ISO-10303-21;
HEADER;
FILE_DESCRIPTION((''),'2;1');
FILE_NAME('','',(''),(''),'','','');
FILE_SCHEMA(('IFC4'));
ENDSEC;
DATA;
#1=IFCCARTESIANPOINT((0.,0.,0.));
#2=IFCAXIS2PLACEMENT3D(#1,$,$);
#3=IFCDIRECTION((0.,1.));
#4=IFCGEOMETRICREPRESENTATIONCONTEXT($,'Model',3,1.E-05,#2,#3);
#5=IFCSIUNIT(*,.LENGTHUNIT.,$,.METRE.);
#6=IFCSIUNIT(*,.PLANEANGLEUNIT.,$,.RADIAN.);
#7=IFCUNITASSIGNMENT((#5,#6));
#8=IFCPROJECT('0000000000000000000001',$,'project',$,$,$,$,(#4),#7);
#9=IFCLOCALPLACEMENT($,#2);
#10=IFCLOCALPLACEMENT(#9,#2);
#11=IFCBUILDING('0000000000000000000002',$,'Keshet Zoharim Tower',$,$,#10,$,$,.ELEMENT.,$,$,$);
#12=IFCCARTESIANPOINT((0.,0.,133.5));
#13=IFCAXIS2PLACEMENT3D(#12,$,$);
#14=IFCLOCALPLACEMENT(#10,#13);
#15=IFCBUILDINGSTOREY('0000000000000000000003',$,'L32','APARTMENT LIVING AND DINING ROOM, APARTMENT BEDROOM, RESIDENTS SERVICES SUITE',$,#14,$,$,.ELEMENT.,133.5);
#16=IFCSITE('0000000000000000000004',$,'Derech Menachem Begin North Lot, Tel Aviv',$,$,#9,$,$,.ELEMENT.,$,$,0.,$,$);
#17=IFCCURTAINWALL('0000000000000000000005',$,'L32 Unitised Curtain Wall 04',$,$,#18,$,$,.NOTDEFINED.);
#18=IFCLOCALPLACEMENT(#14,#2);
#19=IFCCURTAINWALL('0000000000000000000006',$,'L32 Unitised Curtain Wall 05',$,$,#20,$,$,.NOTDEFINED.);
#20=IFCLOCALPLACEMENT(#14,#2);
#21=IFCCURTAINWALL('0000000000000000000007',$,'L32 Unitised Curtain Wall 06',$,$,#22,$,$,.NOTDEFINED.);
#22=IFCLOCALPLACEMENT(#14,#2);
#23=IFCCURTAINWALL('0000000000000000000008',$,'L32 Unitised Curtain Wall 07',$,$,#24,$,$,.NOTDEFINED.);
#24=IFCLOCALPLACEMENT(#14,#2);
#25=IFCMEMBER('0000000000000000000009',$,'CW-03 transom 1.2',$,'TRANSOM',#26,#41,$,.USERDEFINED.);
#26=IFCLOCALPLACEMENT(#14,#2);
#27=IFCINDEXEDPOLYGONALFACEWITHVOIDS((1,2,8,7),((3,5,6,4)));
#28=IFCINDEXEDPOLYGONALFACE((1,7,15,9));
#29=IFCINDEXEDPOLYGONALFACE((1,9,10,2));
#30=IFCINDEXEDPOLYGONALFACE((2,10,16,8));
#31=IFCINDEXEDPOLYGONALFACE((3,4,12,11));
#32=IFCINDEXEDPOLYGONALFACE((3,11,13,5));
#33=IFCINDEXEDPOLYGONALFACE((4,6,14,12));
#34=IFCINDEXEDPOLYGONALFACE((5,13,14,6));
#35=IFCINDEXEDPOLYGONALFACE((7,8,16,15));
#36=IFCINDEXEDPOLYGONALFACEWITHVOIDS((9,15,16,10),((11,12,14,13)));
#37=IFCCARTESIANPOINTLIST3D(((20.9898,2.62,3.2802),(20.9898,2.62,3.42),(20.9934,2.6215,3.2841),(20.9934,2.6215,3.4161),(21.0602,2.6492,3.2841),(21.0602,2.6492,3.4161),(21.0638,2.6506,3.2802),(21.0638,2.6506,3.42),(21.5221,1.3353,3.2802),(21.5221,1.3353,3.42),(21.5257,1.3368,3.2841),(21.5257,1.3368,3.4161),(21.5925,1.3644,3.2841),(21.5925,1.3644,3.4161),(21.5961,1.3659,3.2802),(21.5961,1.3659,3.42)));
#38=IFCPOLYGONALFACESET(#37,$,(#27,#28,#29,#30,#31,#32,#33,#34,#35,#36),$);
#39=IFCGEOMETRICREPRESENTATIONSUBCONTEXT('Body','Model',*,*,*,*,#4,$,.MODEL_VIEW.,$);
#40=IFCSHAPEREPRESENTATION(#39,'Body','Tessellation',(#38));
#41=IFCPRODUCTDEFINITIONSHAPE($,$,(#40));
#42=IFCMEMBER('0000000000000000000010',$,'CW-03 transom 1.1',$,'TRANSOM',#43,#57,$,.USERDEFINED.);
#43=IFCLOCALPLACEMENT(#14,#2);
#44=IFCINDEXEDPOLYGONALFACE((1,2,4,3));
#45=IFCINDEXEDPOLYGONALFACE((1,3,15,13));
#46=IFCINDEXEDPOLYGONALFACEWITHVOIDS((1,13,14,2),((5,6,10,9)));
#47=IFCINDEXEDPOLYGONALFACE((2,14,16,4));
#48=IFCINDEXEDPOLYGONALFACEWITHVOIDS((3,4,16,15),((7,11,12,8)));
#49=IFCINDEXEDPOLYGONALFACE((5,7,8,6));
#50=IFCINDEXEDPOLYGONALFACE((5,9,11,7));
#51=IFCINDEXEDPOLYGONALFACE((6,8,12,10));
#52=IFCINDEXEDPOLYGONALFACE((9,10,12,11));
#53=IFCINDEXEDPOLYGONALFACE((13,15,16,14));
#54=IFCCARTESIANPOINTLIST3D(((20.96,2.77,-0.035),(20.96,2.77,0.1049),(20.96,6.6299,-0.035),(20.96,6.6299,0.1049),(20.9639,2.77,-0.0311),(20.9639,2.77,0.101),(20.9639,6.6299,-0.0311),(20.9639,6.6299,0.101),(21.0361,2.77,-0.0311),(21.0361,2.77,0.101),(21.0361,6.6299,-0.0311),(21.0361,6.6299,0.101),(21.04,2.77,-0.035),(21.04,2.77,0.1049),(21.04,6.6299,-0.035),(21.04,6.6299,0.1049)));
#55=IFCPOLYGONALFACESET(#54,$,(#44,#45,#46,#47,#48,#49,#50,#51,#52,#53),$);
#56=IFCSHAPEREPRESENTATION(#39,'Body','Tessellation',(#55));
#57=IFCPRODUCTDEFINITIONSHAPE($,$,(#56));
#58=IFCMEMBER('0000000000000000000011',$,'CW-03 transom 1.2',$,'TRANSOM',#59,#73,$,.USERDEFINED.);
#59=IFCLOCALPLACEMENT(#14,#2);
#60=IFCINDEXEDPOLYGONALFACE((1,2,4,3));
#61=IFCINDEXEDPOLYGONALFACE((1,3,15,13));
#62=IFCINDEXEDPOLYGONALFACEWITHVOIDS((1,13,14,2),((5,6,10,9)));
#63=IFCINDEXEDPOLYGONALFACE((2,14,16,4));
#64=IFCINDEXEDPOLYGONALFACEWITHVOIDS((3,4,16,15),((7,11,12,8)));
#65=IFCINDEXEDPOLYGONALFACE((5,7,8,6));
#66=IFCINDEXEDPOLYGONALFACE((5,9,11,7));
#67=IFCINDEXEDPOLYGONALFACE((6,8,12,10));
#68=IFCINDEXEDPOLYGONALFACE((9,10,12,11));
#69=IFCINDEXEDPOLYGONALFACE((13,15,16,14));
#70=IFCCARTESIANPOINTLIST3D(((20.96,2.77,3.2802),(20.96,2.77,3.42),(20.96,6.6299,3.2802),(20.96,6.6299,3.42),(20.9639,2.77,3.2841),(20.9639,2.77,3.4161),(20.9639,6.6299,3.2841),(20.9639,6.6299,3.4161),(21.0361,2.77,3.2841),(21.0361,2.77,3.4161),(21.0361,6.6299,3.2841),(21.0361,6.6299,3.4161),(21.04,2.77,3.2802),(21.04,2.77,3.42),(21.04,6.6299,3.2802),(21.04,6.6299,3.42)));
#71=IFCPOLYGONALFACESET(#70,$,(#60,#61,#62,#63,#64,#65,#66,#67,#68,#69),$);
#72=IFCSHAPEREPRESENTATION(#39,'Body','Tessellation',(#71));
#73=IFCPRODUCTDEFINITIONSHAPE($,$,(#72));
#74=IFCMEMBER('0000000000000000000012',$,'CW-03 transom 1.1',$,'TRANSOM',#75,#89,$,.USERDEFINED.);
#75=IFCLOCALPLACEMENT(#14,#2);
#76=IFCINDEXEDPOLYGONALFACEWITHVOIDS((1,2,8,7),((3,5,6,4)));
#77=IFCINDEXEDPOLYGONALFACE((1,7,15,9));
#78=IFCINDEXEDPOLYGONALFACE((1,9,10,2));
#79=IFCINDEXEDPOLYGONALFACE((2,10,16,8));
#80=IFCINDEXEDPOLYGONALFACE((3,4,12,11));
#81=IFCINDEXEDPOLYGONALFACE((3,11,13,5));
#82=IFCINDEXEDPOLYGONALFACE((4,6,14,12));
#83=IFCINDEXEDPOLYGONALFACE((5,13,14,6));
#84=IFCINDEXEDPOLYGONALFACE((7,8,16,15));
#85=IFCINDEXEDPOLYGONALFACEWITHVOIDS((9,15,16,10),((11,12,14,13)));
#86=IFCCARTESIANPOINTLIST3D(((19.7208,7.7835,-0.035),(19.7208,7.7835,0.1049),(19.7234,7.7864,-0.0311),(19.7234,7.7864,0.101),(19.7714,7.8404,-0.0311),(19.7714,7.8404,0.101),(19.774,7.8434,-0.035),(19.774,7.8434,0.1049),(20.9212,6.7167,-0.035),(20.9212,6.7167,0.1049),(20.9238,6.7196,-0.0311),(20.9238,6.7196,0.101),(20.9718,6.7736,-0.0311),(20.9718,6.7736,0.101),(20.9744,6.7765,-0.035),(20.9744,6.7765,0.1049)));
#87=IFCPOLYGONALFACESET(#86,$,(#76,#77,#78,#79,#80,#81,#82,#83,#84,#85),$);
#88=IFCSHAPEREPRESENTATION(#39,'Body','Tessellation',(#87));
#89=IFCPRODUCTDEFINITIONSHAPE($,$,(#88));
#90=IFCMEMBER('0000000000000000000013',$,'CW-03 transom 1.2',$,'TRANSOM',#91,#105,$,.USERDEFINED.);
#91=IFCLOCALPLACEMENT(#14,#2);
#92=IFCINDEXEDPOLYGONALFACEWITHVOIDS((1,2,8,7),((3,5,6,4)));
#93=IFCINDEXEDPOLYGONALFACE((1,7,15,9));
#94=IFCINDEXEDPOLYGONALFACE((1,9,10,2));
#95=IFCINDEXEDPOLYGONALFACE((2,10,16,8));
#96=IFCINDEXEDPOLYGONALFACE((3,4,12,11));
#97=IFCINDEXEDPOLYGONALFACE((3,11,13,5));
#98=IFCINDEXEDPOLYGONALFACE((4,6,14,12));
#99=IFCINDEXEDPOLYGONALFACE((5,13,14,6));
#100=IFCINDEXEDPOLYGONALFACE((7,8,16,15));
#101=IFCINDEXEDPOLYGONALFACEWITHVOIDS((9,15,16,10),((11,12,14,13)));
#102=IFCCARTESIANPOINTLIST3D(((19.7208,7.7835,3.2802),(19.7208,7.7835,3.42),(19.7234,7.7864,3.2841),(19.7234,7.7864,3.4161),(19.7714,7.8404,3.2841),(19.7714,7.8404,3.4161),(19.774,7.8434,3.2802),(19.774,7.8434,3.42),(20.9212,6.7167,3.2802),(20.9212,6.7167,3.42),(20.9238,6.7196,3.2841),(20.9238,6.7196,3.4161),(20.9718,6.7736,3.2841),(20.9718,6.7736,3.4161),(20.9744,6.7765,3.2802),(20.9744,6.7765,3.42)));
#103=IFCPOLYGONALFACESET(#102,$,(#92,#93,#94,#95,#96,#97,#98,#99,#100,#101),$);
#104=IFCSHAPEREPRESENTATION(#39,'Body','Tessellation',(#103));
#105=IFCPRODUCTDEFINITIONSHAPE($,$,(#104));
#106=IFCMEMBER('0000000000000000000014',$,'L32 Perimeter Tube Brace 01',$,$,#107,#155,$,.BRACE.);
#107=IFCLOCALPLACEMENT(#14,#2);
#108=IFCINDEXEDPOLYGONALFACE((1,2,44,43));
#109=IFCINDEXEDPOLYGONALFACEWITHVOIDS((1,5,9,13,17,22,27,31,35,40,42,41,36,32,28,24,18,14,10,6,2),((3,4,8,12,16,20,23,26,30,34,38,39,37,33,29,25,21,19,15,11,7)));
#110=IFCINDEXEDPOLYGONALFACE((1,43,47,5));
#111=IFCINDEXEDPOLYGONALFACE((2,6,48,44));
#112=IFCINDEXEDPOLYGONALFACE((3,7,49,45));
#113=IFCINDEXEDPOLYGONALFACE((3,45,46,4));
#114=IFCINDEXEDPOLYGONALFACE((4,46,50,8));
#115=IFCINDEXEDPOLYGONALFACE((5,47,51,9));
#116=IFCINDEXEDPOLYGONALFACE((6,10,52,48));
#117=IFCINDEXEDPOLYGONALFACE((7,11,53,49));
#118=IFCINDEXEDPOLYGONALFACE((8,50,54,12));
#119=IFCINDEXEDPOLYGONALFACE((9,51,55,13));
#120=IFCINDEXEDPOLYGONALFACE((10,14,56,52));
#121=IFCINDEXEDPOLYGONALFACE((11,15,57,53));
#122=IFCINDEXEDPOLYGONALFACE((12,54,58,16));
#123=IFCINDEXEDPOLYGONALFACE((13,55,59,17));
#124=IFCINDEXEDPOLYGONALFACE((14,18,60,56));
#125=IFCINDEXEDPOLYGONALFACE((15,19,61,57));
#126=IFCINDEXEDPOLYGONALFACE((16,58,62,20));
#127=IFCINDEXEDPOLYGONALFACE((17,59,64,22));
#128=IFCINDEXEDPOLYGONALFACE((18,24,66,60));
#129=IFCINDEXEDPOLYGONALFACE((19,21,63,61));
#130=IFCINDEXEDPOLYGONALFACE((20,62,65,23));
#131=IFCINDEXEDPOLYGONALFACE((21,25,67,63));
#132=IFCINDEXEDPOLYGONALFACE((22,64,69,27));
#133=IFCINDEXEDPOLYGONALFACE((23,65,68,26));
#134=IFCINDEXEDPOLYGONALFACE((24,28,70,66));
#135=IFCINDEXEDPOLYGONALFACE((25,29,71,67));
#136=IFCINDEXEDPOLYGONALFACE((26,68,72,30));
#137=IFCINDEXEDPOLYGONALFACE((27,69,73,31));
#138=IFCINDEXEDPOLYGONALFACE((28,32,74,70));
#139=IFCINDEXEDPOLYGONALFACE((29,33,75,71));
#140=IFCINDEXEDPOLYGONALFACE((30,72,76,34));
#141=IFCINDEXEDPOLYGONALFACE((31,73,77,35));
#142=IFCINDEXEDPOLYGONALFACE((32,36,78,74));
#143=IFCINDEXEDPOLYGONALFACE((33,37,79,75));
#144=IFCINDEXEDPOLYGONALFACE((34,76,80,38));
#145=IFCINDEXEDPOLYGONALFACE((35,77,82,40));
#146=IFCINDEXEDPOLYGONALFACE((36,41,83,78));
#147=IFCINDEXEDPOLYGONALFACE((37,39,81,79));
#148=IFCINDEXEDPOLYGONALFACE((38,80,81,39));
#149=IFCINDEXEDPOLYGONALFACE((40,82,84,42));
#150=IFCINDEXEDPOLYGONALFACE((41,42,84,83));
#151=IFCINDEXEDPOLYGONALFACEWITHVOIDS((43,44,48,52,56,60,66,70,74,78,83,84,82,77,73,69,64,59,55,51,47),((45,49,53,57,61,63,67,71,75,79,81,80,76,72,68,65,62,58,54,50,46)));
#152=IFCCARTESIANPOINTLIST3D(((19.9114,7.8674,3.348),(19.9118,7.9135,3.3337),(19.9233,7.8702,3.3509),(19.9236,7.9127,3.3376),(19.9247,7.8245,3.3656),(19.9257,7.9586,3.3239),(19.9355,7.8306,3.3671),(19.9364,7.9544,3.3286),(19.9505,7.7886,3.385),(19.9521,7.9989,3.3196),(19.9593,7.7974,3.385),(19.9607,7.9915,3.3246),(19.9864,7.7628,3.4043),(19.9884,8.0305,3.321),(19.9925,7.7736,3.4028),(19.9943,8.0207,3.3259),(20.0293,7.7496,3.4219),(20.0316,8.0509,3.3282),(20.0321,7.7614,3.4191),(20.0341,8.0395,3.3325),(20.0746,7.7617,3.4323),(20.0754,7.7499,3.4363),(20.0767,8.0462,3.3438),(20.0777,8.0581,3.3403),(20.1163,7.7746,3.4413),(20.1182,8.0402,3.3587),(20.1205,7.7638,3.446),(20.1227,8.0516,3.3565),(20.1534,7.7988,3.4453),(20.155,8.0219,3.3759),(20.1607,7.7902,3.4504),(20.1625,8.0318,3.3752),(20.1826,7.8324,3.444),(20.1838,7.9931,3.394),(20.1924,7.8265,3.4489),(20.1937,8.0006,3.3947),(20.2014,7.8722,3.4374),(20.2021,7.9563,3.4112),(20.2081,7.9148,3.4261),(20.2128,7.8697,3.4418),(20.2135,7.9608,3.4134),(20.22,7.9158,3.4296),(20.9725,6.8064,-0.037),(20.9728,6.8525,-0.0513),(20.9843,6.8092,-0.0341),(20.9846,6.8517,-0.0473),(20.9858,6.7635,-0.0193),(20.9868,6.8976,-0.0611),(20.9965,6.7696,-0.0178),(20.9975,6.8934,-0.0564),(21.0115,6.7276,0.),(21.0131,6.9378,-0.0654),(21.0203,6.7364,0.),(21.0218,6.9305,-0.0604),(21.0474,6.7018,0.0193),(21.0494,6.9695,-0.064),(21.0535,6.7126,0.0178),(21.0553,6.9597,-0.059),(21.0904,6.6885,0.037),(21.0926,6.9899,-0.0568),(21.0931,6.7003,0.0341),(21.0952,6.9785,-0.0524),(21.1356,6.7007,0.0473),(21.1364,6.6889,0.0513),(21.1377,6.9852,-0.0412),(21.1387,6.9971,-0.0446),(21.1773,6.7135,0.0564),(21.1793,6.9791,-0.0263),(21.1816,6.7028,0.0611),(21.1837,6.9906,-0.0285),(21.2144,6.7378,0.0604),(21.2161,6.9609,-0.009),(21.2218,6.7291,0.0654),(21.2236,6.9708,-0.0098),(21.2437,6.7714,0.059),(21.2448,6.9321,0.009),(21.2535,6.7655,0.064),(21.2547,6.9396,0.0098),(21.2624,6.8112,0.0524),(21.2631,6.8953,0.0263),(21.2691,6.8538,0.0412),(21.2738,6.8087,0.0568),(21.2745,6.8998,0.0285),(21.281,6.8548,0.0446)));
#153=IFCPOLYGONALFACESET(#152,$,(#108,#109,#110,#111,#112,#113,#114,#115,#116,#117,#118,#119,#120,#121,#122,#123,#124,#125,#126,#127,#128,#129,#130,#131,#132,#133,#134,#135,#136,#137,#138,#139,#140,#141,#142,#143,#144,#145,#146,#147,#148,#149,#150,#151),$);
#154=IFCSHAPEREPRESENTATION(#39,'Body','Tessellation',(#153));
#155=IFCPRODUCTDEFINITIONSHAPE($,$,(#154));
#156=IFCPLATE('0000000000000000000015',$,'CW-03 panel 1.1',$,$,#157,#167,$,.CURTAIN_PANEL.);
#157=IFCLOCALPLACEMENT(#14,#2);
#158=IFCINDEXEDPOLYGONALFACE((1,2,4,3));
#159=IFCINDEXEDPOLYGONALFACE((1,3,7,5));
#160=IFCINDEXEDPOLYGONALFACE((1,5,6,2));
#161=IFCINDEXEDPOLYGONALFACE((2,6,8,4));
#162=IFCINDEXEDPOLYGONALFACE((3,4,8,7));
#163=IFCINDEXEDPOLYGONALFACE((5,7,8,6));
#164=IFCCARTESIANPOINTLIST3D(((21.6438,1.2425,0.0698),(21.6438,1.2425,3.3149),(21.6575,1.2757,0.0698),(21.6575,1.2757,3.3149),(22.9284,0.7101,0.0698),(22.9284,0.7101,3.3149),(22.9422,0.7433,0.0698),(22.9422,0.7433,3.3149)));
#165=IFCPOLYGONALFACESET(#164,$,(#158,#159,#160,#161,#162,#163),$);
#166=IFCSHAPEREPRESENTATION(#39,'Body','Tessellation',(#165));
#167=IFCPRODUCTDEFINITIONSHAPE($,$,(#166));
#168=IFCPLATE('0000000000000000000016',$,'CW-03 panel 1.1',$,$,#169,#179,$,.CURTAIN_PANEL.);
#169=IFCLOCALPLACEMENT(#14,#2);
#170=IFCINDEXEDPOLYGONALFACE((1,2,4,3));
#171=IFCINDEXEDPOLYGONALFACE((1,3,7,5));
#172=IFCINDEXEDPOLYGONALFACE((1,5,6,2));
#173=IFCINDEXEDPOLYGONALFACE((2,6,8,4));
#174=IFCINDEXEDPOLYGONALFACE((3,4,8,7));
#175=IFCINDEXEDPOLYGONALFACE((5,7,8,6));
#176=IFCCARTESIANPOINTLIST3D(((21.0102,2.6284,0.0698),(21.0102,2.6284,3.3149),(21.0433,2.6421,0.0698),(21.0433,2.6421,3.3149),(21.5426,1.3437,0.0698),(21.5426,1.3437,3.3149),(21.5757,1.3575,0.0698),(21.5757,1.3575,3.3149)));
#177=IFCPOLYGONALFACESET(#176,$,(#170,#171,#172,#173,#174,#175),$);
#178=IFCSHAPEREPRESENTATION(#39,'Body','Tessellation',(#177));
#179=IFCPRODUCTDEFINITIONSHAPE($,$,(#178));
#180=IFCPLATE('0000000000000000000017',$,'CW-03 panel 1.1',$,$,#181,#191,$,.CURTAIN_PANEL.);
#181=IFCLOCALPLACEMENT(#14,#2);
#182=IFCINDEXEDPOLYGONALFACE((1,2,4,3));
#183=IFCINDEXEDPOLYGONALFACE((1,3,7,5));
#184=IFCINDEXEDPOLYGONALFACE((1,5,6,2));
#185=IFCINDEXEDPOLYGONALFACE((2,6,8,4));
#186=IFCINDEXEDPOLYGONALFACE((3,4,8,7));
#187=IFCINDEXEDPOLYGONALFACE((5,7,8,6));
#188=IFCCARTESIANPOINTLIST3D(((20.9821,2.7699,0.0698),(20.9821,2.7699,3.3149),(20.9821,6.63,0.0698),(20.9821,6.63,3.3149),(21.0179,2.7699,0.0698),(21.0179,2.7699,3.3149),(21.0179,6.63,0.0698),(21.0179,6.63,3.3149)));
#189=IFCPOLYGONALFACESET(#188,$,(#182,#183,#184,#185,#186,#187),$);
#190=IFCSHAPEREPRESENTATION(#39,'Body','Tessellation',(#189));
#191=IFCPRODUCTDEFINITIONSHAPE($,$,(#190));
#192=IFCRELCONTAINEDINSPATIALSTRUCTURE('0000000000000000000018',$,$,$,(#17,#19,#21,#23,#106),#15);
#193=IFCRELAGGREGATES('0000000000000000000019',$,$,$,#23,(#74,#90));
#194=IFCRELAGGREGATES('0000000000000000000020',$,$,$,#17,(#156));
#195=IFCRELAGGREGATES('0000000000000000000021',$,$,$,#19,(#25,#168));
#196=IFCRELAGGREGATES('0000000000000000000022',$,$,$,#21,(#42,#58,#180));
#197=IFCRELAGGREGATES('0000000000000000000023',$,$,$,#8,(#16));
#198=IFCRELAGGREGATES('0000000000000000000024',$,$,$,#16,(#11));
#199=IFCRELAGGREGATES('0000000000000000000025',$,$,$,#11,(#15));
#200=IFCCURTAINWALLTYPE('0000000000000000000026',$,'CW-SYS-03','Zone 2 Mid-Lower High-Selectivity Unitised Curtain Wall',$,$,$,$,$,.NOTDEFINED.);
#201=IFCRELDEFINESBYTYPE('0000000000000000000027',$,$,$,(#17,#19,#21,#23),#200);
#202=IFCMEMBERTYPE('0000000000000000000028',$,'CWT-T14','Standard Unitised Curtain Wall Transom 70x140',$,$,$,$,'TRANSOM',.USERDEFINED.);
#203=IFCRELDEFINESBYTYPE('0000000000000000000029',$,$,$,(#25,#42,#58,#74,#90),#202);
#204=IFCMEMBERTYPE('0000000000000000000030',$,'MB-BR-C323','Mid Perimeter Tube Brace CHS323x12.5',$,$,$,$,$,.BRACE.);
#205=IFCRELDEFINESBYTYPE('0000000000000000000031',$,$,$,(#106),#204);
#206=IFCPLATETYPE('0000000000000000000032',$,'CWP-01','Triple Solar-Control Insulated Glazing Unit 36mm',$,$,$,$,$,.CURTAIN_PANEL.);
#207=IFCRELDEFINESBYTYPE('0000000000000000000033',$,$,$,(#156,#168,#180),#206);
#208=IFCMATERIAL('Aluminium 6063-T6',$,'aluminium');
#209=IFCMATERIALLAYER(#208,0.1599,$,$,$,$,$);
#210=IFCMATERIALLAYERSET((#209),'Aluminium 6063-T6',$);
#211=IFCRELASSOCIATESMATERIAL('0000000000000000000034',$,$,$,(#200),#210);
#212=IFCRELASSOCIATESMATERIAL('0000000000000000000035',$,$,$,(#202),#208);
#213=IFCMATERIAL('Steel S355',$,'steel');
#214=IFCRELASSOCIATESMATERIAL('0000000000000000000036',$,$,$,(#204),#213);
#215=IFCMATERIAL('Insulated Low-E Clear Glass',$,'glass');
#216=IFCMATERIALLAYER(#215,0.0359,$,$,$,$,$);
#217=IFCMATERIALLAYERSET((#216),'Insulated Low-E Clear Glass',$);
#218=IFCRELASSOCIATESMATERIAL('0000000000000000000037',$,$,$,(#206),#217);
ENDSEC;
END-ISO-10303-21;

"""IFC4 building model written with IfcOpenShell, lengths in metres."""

from ifc_helpers import new_model, si_unit, direction, frame, origin, origin_2d, place, context, subcontext, project, spatial, rectangle, hollow_rectangle, hollow_circle, extrude, material, layer, layer_set, material_profile, profile_set, type_object, element, aggregate, save


model = new_model("IFC4")

# Units and contexts
model_context = context("Model", 3, precision=1e-05, world=origin(), true_north=direction((0.0, 1.0)))
body_context = subcontext(model_context, "Body", "Model", "MODEL_VIEW")
ifc_project = project(units=[si_unit("LENGTHUNIT", "METRE"), si_unit("PLANEANGLEUNIT", "RADIAN")], contexts=[model_context])

# Site, building, storey
site_placement = place(None, origin())
site = spatial("IfcSite", under=ifc_project, at=site_placement, Name="Derech Menachem Begin North Lot, Tel Aviv", CompositionType="ELEMENT", RefElevation=0.0)
building_placement = place(site_placement, origin())
building = spatial("IfcBuilding", under=site, at=building_placement, Name="Keshet Zoharim Tower", CompositionType="ELEMENT")
storey_placement = place(building_placement, frame((0.0, 0.0, 133.5)))
storey = spatial("IfcBuildingStorey", under=building, at=storey_placement, Name="L32", Description="APARTMENT LIVING AND DINING ROOM, APARTMENT BEDROOM, RESIDENTS SERVICES SUITE", CompositionType="ELEMENT", Elevation=133.5)

# Shared definitions
ifc_material_1 = material(Name="Steel S355", Category="steel")

# Shared definitions
ifc_material_2 = material(Name="Aluminium 6063-T6", Category="aluminium")
ifc_layer_1 = layer(ifc_material_2, 0.1599)
ifc_layer_set_1 = layer_set([ifc_layer_1], Name="Aluminium 6063-T6")
curtain_wall_type = type_object("IfcCurtainWallType", Name="CW-SYS-03", Description="Zone 2 Mid-Lower High-Selectivity Unitised Curtain Wall", PredefinedType="NOTDEFINED", material=ifc_layer_set_1)

# Curtain walls
curtain_wall_1_placement = place(storey_placement, origin())
curtain_wall_1 = element("IfcCurtainWall", 1, at=curtain_wall_1_placement, inside=storey, type_object=curtain_wall_type, Name="L32 Unitised Curtain Wall 04", PredefinedType="NOTDEFINED")
curtain_wall_2_placement = place(storey_placement, origin())
curtain_wall_2 = element("IfcCurtainWall", 2, at=curtain_wall_2_placement, inside=storey, type_object=curtain_wall_type, Name="L32 Unitised Curtain Wall 05", PredefinedType="NOTDEFINED")
curtain_wall_3_placement = place(storey_placement, origin())
curtain_wall_3 = element("IfcCurtainWall", 3, at=curtain_wall_3_placement, inside=storey, type_object=curtain_wall_type, Name="L32 Unitised Curtain Wall 06", PredefinedType="NOTDEFINED")

# Curtain wall
curtain_wall_4_placement = place(storey_placement, origin())
curtain_wall_4 = element("IfcCurtainWall", 4, at=curtain_wall_4_placement, inside=storey, type_object=curtain_wall_type, Name="L32 Unitised Curtain Wall 07", PredefinedType="NOTDEFINED")

# Members
ifc_material_profile_1 = material_profile(ifc_material_2, hollow_rectangle(XDim=0.0801, YDim=0.1399, WallThickness=0.0039, at=origin_2d()), Name="TRN-80x140")
ifc_profile_set_1 = profile_set([ifc_material_profile_1], Name="Aluminium 6063-T6")
member_type_1 = type_object("IfcMemberType", Name="CWT-T14", Description="Standard Unitised Curtain Wall Transom 70x140", ElementType="TRANSOM", PredefinedType="USERDEFINED", material=ifc_profile_set_1)
member_1_placement = place(storey_placement, frame((21.5591, 1.3506, 3.3501), z_axis=(-0.382745, 0.923854, 0.0), x_axis=(-0.923854, -0.382745, 0.0)))
member_1 = element("IfcMember", 5, at=member_1_placement, type_object=member_type_1, Name="CW-03 transom 1.2", ObjectType="TRANSOM", PredefinedType="USERDEFINED", context=body_context, shape_type="SweptSolid", body=[
    extrude(hollow_rectangle(XDim=0.0801, YDim=0.1399, WallThickness=0.0039, at=origin_2d()), origin(), (0.0, 0.0, 1.0), 1.3906),
])
member_2_placement = place(storey_placement, frame((21.0, 2.77, 0.0349), z_axis=(0.0, 1.0, 0.0), x_axis=(-1.0, 0.0, 0.0)))
member_2 = element("IfcMember", 6, at=member_2_placement, type_object=member_type_1, Name="CW-03 transom 1.1", ObjectType="TRANSOM", PredefinedType="USERDEFINED", context=body_context, shape_type="SweptSolid", body=[
    extrude(hollow_rectangle(XDim=0.0801, YDim=0.1399, WallThickness=0.0039, at=origin_2d()), origin(), (0.0, 0.0, 1.0), 3.8599),
])
member_3_placement = place(storey_placement, frame((21.0, 2.77, 3.3501), z_axis=(0.0, 1.0, 0.0), x_axis=(-1.0, 0.0, 0.0)))
member_3 = element("IfcMember", 7, at=member_3_placement, type_object=member_type_1, Name="CW-03 transom 1.2", ObjectType="TRANSOM", PredefinedType="USERDEFINED", context=body_context, shape_type="SweptSolid", body=[
    extrude(hollow_rectangle(XDim=0.0801, YDim=0.1399, WallThickness=0.0039, at=origin_2d()), origin(), (0.0, 0.0, 1.0), 3.8599),
])
member_4_placement = place(storey_placement, frame((20.9478, 6.7466, 0.0349), z_axis=(-0.74746, 0.664307, 0.0), x_axis=(-0.664307, -0.74746, 0.0)))
member_4 = element("IfcMember", 8, at=member_4_placement, type_object=member_type_1, Name="CW-03 transom 1.1", ObjectType="TRANSOM", PredefinedType="USERDEFINED", context=body_context, shape_type="SweptSolid", body=[
    extrude(hollow_rectangle(XDim=0.0801, YDim=0.1399, WallThickness=0.0039, at=origin_2d()), origin(), (0.0, 0.0, 1.0), 1.606),
])
member_5_placement = place(storey_placement, frame((20.9478, 6.7466, 3.3501), z_axis=(-0.74746, 0.664307, 0.0), x_axis=(-0.664307, -0.74746, 0.0)))
member_5 = element("IfcMember", 9, at=member_5_placement, type_object=member_type_1, Name="CW-03 transom 1.2", ObjectType="TRANSOM", PredefinedType="USERDEFINED", context=body_context, shape_type="SweptSolid", body=[
    extrude(hollow_rectangle(XDim=0.0801, YDim=0.1399, WallThickness=0.0039, at=origin_2d()), origin(), (0.0, 0.0, 1.0), 1.606),
])
aggregate(curtain_wall_4, [member_4, member_5])
ifc_material_profile_2 = material_profile(ifc_material_1, hollow_circle(Radius=0.1619, WallThickness=0.0125, at=origin_2d()), Name="CHS323x12.5")
ifc_profile_set_2 = profile_set([ifc_material_profile_2], Name="Steel S355")
member_type_2 = type_object("IfcMemberType", Name="MB-BR-C323", Description="Mid Perimeter Tube Brace CHS323x12.5", PredefinedType="BRACE", material=ifc_profile_set_2)
member_6_placement = place(storey_placement, frame((21.126, 6.842, 0.0), z_axis=(-0.286558, 0.286558, 0.914204), x_axis=(-0.707107, -0.707107, 0.0)))
element("IfcMember", 10, at=member_6_placement, inside=storey, type_object=member_type_2, Name="L32 Perimeter Tube Brace 01", PredefinedType="BRACE", context=body_context, shape_type="SweptSolid", body=[
    extrude(hollow_circle(Radius=0.1619, WallThickness=0.0125, at=origin_2d()), origin(), (0.0, 0.0, 1.0), 3.7026),
])

# Plates
ifc_material_3 = material(Name="Insulated Low-E Clear Glass", Category="glass")
ifc_layer_2 = layer(ifc_material_3, 0.0359)
ifc_layer_set_2 = layer_set([ifc_layer_2], Name="Insulated Low-E Clear Glass")
plate_type = type_object("IfcPlateType", Name="CWP-01", Description="Triple Solar-Control Insulated Glazing Unit 36mm", PredefinedType="CURTAIN_PANEL", material=ifc_layer_set_2)
plate_1_placement = place(storey_placement, frame((22.293, 0.9929, 0.0698), z_axis=(0.0, 0.0, 1.0), x_axis=(-0.92381, 0.382852, 0.0)))
plate_1 = element("IfcPlate", 11, at=plate_1_placement, type_object=plate_type, Name="CW-03 panel 1.1", PredefinedType="CURTAIN_PANEL", context=body_context, shape_type="SweptSolid", body=[
    extrude(rectangle(XDim=1.3906, YDim=0.0359, at=origin_2d()), origin(), (0.0, 0.0, 1.0), 3.2451),
])
aggregate(curtain_wall_1, [plate_1])
plate_2_placement = place(storey_placement, frame((21.293, 1.9929, 0.0698), z_axis=(0.0, 0.0, 1.0), x_axis=(-0.382852, 0.92381, 0.0)))
plate_2 = element("IfcPlate", 12, at=plate_2_placement, type_object=plate_type, Name="CW-03 panel 1.1", PredefinedType="CURTAIN_PANEL", context=body_context, shape_type="SweptSolid", body=[
    extrude(rectangle(XDim=1.3906, YDim=0.0359, at=origin_2d()), origin(), (0.0, 0.0, 1.0), 3.2451),
])
aggregate(curtain_wall_2, [member_1, plate_2])
plate_3_placement = place(storey_placement, frame((21.0, 4.7, 0.0698), z_axis=(0.0, 0.0, 1.0), x_axis=(0.0, 1.0, 0.0)))
plate_3 = element("IfcPlate", 13, at=plate_3_placement, type_object=plate_type, Name="CW-03 panel 1.1", PredefinedType="CURTAIN_PANEL", context=body_context, shape_type="SweptSolid", body=[
    extrude(rectangle(XDim=3.8601, YDim=0.0359, at=origin_2d()), origin(), (0.0, 0.0, 1.0), 3.2451),
])
aggregate(curtain_wall_3, [member_2, member_3, plate_3])

save(model, "model.ifc")
